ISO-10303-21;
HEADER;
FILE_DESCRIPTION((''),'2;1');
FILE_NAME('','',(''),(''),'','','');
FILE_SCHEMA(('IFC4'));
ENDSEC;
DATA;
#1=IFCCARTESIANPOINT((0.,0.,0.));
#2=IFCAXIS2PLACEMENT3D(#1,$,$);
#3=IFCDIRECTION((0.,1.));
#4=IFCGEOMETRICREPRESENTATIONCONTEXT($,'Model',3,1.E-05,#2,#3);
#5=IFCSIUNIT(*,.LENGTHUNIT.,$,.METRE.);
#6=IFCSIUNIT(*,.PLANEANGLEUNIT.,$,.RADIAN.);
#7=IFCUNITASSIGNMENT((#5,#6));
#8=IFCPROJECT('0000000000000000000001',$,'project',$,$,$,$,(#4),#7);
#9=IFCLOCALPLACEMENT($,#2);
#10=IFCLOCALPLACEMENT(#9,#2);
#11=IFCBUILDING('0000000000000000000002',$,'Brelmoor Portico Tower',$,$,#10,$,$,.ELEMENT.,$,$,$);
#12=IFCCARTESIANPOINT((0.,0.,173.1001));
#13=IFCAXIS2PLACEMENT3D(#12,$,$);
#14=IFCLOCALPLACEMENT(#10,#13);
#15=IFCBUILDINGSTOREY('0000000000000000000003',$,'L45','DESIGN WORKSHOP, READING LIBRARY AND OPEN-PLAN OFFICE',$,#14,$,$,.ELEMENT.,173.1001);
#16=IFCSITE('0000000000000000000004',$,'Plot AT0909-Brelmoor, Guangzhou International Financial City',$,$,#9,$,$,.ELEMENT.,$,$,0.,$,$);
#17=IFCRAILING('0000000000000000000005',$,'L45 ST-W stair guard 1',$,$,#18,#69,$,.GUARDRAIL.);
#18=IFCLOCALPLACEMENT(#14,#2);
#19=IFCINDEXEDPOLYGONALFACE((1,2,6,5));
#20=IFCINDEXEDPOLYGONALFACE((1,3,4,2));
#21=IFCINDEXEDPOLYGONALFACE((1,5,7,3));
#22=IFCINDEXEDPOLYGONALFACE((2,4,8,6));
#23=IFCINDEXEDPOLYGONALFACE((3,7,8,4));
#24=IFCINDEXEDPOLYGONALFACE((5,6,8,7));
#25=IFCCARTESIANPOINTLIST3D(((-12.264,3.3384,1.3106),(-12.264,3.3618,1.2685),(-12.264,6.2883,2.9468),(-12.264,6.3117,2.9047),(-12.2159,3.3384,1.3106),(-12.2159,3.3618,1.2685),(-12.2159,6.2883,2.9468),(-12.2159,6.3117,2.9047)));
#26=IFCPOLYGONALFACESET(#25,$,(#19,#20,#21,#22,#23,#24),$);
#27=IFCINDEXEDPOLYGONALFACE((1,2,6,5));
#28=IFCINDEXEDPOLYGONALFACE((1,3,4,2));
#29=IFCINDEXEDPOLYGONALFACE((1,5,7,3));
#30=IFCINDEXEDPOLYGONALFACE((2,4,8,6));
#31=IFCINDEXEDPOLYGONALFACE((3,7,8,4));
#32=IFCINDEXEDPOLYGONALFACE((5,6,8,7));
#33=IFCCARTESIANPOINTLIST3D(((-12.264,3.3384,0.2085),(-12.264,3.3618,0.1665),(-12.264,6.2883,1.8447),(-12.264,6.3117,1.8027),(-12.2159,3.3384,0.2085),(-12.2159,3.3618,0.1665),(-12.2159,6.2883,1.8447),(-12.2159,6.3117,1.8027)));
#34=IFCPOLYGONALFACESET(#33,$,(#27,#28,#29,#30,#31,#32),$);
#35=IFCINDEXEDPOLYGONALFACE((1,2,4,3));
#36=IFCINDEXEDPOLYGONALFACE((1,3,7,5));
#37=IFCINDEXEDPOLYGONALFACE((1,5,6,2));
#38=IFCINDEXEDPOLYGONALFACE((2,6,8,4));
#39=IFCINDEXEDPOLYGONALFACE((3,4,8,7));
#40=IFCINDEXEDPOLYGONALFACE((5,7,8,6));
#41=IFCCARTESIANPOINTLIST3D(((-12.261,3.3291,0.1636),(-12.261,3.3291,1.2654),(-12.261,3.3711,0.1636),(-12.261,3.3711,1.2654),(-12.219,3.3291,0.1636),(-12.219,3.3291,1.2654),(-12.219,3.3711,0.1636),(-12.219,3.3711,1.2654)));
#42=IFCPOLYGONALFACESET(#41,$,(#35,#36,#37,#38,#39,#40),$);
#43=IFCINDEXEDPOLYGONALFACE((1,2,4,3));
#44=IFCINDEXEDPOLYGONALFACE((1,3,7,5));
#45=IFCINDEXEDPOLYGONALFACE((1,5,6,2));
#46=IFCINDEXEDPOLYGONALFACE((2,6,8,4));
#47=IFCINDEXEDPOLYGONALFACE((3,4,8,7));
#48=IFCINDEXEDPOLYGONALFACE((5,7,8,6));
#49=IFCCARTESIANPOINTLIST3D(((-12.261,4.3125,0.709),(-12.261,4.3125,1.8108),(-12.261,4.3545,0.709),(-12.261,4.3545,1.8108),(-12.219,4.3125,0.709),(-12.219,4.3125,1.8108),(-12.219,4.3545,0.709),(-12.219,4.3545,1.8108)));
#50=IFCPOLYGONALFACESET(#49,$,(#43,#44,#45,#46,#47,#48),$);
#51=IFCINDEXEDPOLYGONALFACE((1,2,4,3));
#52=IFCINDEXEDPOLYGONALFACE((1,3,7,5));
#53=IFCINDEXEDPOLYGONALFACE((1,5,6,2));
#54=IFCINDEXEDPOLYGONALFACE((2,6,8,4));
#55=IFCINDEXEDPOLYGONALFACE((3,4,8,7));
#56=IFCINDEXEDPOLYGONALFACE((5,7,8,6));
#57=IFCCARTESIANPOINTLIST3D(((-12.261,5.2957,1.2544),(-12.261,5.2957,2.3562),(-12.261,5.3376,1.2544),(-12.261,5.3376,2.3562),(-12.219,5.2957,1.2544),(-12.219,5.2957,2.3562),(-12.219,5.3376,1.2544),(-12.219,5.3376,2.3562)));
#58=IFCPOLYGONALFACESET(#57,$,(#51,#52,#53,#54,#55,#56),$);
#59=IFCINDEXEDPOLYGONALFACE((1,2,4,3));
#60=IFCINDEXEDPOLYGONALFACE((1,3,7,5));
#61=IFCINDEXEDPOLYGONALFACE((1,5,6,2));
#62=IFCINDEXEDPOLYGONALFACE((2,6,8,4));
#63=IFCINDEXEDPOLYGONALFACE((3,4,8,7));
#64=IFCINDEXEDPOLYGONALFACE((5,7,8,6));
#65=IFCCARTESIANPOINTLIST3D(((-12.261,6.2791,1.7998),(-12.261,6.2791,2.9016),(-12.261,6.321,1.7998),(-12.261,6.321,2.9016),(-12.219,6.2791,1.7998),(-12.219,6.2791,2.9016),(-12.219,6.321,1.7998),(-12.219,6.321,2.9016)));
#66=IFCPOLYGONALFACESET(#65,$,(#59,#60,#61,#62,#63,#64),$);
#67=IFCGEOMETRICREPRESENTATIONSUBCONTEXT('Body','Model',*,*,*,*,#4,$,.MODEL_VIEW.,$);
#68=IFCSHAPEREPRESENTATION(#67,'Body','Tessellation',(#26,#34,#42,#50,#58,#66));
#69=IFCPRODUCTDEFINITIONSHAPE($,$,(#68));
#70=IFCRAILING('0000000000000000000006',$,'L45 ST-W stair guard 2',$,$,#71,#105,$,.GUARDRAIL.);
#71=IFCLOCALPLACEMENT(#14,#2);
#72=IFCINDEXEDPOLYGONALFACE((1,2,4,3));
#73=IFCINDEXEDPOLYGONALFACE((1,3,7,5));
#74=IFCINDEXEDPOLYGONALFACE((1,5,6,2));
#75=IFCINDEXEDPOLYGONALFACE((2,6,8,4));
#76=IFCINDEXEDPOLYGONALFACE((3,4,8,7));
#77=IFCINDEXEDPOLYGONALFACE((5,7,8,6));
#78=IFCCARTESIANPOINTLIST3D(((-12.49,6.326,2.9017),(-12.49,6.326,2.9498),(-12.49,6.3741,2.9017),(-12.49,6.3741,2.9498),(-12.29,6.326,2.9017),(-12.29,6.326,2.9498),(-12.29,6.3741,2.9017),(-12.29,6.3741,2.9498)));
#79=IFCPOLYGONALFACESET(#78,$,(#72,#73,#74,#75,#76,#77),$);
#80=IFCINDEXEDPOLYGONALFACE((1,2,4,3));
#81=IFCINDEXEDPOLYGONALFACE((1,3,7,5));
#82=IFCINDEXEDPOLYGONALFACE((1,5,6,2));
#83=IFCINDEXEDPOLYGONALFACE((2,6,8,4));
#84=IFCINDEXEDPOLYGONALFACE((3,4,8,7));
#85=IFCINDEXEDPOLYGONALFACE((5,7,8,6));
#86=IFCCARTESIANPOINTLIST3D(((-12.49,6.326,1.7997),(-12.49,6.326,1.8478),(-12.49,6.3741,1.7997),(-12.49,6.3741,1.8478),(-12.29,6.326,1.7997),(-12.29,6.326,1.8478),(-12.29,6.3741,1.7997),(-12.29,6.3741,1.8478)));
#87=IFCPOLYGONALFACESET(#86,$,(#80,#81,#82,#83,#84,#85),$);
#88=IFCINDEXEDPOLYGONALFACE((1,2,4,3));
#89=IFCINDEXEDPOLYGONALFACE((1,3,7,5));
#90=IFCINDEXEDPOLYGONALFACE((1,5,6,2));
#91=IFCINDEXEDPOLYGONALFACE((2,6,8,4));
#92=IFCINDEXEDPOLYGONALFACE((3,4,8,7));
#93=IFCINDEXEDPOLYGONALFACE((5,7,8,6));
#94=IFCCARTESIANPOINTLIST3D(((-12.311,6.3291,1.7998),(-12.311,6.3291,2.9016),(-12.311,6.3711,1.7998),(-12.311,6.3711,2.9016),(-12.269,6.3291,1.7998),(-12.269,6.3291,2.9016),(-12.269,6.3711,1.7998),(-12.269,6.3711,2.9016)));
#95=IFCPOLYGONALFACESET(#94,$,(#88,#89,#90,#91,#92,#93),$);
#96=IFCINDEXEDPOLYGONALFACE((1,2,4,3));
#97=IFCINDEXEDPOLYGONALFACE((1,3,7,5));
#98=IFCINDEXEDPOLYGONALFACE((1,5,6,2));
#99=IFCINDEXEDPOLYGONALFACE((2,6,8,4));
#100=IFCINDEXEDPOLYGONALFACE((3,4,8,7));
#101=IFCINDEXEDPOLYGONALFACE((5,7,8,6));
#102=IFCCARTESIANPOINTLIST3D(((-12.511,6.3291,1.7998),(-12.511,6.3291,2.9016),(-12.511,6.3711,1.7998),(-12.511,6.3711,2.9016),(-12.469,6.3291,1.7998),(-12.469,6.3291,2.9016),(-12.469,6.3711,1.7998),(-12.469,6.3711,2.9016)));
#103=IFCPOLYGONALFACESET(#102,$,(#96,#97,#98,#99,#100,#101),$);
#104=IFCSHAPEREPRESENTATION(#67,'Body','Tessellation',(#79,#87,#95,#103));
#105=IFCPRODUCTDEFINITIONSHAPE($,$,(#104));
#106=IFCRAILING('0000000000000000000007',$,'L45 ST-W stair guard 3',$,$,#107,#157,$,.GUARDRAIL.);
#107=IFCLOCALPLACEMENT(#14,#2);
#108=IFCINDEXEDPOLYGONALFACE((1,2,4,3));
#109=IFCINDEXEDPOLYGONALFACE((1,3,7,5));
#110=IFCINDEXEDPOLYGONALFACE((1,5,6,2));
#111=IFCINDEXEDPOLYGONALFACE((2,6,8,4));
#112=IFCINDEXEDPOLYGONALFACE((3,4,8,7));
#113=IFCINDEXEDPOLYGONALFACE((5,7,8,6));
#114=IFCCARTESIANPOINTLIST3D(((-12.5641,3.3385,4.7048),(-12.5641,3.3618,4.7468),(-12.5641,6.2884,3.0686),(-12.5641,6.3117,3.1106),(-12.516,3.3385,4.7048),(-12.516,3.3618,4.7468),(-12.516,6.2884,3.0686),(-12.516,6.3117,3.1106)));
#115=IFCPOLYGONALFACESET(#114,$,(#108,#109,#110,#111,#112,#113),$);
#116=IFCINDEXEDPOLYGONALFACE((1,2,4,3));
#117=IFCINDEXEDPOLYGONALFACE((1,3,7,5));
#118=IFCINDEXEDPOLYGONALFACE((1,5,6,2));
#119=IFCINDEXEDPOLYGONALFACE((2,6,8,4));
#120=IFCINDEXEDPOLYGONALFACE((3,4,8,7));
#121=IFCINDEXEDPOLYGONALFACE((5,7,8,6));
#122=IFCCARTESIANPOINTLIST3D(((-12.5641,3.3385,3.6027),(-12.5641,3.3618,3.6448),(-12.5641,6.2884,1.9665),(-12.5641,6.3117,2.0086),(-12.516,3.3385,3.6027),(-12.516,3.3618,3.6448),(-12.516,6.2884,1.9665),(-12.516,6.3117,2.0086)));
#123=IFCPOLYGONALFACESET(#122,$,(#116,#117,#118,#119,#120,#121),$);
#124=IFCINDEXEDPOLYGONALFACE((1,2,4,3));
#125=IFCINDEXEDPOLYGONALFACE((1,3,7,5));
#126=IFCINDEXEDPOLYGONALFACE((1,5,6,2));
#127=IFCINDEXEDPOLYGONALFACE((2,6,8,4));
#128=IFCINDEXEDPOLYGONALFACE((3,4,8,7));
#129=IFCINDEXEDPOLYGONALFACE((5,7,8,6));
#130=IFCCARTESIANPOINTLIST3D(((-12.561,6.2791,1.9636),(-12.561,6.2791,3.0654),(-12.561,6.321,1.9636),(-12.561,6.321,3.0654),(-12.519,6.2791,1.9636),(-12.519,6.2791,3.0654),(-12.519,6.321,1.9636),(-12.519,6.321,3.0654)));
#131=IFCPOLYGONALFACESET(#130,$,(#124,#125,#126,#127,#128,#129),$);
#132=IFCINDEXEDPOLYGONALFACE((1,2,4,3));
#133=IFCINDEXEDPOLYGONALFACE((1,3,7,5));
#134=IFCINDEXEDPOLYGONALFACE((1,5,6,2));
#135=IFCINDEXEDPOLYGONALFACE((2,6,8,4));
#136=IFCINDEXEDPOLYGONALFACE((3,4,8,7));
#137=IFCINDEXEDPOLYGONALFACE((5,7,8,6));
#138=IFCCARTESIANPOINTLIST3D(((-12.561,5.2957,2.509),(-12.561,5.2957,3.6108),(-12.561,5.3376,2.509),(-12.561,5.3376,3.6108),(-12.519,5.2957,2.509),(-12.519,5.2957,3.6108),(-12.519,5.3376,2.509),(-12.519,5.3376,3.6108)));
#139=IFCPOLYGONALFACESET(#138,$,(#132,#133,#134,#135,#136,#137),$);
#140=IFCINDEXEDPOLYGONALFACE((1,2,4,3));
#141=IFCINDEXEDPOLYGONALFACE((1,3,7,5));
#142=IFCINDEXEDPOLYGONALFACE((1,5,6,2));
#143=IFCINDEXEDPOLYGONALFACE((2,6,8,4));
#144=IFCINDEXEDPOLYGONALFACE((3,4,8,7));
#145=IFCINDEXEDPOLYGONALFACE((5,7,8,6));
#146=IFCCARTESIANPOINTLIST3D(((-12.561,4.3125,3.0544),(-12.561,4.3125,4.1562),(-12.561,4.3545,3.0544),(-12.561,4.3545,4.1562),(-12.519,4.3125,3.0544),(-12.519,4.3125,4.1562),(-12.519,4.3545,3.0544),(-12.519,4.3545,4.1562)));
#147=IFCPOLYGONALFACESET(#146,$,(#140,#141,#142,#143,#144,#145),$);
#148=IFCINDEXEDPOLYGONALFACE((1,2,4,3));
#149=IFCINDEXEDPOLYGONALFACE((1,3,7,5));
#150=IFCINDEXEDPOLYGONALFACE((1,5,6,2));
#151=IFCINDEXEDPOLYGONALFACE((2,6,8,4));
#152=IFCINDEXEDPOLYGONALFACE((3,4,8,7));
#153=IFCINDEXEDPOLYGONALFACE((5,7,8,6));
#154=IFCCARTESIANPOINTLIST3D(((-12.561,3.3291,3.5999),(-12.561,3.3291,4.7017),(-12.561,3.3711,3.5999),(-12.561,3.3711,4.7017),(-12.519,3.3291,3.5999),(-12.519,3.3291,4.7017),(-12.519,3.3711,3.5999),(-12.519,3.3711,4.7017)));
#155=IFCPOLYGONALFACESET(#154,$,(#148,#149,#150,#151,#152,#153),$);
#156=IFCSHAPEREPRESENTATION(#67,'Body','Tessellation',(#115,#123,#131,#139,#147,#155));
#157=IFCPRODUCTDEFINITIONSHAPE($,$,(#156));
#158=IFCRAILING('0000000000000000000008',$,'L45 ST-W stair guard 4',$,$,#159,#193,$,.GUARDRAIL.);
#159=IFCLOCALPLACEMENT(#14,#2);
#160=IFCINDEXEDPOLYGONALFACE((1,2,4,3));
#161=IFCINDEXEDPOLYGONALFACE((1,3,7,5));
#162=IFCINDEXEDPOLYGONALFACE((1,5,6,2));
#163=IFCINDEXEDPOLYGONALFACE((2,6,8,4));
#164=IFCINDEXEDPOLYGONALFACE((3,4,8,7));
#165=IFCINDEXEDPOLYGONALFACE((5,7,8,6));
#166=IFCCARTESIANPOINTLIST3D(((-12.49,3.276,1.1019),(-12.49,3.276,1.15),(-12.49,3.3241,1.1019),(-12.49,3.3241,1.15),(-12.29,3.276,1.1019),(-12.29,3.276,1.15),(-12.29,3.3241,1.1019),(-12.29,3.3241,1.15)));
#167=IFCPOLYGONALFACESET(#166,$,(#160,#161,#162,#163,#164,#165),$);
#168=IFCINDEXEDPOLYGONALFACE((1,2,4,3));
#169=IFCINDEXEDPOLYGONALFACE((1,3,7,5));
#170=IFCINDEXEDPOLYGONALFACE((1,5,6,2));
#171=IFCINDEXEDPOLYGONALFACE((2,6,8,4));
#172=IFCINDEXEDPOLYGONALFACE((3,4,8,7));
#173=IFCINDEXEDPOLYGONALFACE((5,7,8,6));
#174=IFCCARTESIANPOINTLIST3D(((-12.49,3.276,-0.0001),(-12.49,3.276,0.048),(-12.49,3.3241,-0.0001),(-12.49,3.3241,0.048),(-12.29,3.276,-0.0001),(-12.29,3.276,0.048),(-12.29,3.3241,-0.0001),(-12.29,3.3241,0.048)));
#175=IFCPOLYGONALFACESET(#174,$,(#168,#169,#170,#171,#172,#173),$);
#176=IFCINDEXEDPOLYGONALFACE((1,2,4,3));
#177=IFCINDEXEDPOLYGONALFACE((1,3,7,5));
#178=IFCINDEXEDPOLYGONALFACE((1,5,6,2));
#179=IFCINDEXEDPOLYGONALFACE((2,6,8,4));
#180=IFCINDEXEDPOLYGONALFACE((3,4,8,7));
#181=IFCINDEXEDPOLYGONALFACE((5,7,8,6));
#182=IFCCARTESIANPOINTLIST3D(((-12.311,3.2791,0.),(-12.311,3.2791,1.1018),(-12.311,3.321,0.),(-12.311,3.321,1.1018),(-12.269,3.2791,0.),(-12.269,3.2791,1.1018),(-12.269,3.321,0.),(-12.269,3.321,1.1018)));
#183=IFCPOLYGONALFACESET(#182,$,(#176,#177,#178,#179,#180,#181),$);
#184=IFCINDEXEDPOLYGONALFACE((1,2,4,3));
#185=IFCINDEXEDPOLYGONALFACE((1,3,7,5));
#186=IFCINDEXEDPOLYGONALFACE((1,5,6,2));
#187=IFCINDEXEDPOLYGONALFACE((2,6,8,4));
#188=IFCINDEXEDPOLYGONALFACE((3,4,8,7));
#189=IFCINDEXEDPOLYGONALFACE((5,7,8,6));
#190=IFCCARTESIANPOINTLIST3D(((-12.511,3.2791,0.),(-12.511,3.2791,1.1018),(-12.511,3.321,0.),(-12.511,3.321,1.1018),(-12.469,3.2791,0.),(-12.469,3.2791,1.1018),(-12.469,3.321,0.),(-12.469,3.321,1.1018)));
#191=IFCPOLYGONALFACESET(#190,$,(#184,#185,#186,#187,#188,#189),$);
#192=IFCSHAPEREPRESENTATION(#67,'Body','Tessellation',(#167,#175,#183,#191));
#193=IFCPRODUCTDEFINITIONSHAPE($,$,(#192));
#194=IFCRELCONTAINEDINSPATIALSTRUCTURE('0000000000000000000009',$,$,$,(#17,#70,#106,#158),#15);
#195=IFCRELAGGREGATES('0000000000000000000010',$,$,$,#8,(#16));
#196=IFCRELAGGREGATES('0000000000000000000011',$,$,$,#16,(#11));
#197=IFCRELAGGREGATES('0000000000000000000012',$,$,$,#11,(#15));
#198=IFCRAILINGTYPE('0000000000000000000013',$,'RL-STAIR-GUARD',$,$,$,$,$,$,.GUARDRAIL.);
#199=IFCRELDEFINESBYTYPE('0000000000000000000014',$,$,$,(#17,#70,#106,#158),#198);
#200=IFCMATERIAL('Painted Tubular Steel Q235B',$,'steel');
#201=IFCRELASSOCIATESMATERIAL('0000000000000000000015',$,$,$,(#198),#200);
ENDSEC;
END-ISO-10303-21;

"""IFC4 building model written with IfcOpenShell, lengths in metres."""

from ifc_helpers import new_model, si_unit, direction, frame, origin, origin_2d, place, context, subcontext, project, spatial, rectangle, extrude, material, type_object, element, save


model = new_model("IFC4")

# Units and contexts
model_context = context("Model", 3, precision=1e-05, world=origin(), true_north=direction((0.0, 1.0)))
body_context = subcontext(model_context, "Body", "Model", "MODEL_VIEW")
ifc_project = project(units=[si_unit("LENGTHUNIT", "METRE"), si_unit("PLANEANGLEUNIT", "RADIAN")], contexts=[model_context])

# Site, building, storey
site_placement = place(None, origin())
site = spatial("IfcSite", under=ifc_project, at=site_placement, Name="Plot AT0909-Brelmoor, Guangzhou International Financial City", CompositionType="ELEMENT", RefElevation=0.0)
building_placement = place(site_placement, origin())
building = spatial("IfcBuilding", under=site, at=building_placement, Name="Brelmoor Portico Tower", CompositionType="ELEMENT")
storey_placement = place(building_placement, frame((0.0, 0.0, 173.1001)))
storey = spatial("IfcBuildingStorey", under=building, at=storey_placement, Name="L45", Description="DESIGN WORKSHOP, READING LIBRARY AND OPEN-PLAN OFFICE", CompositionType="ELEMENT", Elevation=173.1001)

# Railings
ifc_material_1 = material(Name="Painted Tubular Steel Q235B", Category="steel")
railing_type_1 = type_object("IfcRailingType", Name="RL-STAIR-GUARD", PredefinedType="GUARDRAIL", material=ifc_material_1)
railing_1_placement = place(storey_placement, frame((-12.24, 3.3501, 0.1636)))
element("IfcRailing", 1, at=railing_1_placement, inside=storey, type_object=railing_type_1, Name="L45 ST-W stair guard 1", PredefinedType="GUARDRAIL", context=body_context, shape_type="SweptSolid", body=[
    extrude(rectangle(XDim=0.0481, YDim=0.0481, at=origin_2d()), frame((0.0, 0.0, 1.126), z_axis=(0.0, 0.874488, 0.485047), x_axis=(-1.0, 0.0, 0.0)), (0.0, 0.0, 1.0), 3.3733),
    extrude(rectangle(XDim=0.0481, YDim=0.0481, at=origin_2d()), frame((0.0, 0.0, 0.0239), z_axis=(0.0, 0.874488, 0.485047), x_axis=(-1.0, 0.0, 0.0)), (0.0, 0.0, 1.0), 3.3733),
    extrude(rectangle(XDim=0.042, YDim=0.042, at=origin_2d()), origin(), (0.0, 0.0, 1.0), 1.1018),
    extrude(rectangle(XDim=0.042, YDim=0.042, at=origin_2d()), frame((0.0, 0.9834, 0.5454)), (0.0, 0.0, 1.0), 1.1018),
    extrude(rectangle(XDim=0.042, YDim=0.042, at=origin_2d()), frame((0.0, 1.9666, 1.0908)), (0.0, 0.0, 1.0), 1.1018),
    extrude(rectangle(XDim=0.042, YDim=0.042, at=origin_2d()), frame((0.0, 2.95, 1.6362)), (0.0, 0.0, 1.0), 1.1018),
])
railing_2_placement = place(storey_placement, frame((-12.29, 6.3501, 1.7998)))
element("IfcRailing", 2, at=railing_2_placement, inside=storey, type_object=railing_type_1, Name="L45 ST-W stair guard 2", PredefinedType="GUARDRAIL", context=body_context, shape_type="SweptSolid", body=[
    extrude(rectangle(XDim=0.0481, YDim=0.0481, at=origin_2d()), frame((0.0, 0.0, 1.126), z_axis=(-1.0, 0.0, 0.0), x_axis=(0.0, -1.0, 0.0)), (0.0, 0.0, 1.0), 0.2),
    extrude(rectangle(XDim=0.0481, YDim=0.0481, at=origin_2d()), frame((0.0, 0.0, 0.0239), z_axis=(-1.0, 0.0, 0.0), x_axis=(0.0, -1.0, 0.0)), (0.0, 0.0, 1.0), 0.2),
    extrude(rectangle(XDim=0.042, YDim=0.042, at=origin_2d()), origin(), (0.0, 0.0, 1.0), 1.1018),
    extrude(rectangle(XDim=0.042, YDim=0.042, at=origin_2d()), frame((-0.2, 0.0, 0.0)), (0.0, 0.0, 1.0), 1.1018),
])
railing_3_placement = place(storey_placement, frame((-12.54, 6.3, 1.9636)))
element("IfcRailing", 3, at=railing_3_placement, inside=storey, type_object=railing_type_1, Name="L45 ST-W stair guard 3", PredefinedType="GUARDRAIL", context=body_context, shape_type="SweptSolid", body=[
    extrude(rectangle(XDim=0.0481, YDim=0.0481, at=origin_2d()), frame((0.0, 0.0, 1.126), z_axis=(0.0, -0.874488, 0.485047), x_axis=(1.0, 0.0, 0.0)), (0.0, 0.0, 1.0), 3.3733),
    extrude(rectangle(XDim=0.0481, YDim=0.0481, at=origin_2d()), frame((0.0, 0.0, 0.0239), z_axis=(0.0, -0.874488, 0.485047), x_axis=(1.0, 0.0, 0.0)), (0.0, 0.0, 1.0), 3.3733),
    extrude(rectangle(XDim=0.042, YDim=0.042, at=origin_2d()), origin(), (0.0, 0.0, 1.0), 1.1018),
    extrude(rectangle(XDim=0.042, YDim=0.042, at=origin_2d()), frame((0.0, -0.9834, 0.5454)), (0.0, 0.0, 1.0), 1.1018),
    extrude(rectangle(XDim=0.042, YDim=0.042, at=origin_2d()), frame((0.0, -1.9666, 1.0908)), (0.0, 0.0, 1.0), 1.1018),
    extrude(rectangle(XDim=0.042, YDim=0.042, at=origin_2d()), frame((0.0, -2.95, 1.6362)), (0.0, 0.0, 1.0), 1.1018),
])
railing_4_placement = place(storey_placement, frame((-12.29, 3.3, 0.0)))
element("IfcRailing", 4, at=railing_4_placement, inside=storey, type_object=railing_type_1, Name="L45 ST-W stair guard 4", PredefinedType="GUARDRAIL", context=body_context, shape_type="SweptSolid", body=[
    extrude(rectangle(XDim=0.0481, YDim=0.0481, at=origin_2d()), frame((0.0, 0.0, 1.126), z_axis=(-1.0, 0.0, 0.0), x_axis=(0.0, -1.0, 0.0)), (0.0, 0.0, 1.0), 0.2),
    extrude(rectangle(XDim=0.0481, YDim=0.0481, at=origin_2d()), frame((0.0, 0.0, 0.0239), z_axis=(-1.0, 0.0, 0.0), x_axis=(0.0, -1.0, 0.0)), (0.0, 0.0, 1.0), 0.2),
    extrude(rectangle(XDim=0.042, YDim=0.042, at=origin_2d()), origin(), (0.0, 0.0, 1.0), 1.1018),
    extrude(rectangle(XDim=0.042, YDim=0.042, at=origin_2d()), frame((-0.2, 0.0, 0.0)), (0.0, 0.0, 1.0), 1.1018),
])

save(model, "model.ifc")
